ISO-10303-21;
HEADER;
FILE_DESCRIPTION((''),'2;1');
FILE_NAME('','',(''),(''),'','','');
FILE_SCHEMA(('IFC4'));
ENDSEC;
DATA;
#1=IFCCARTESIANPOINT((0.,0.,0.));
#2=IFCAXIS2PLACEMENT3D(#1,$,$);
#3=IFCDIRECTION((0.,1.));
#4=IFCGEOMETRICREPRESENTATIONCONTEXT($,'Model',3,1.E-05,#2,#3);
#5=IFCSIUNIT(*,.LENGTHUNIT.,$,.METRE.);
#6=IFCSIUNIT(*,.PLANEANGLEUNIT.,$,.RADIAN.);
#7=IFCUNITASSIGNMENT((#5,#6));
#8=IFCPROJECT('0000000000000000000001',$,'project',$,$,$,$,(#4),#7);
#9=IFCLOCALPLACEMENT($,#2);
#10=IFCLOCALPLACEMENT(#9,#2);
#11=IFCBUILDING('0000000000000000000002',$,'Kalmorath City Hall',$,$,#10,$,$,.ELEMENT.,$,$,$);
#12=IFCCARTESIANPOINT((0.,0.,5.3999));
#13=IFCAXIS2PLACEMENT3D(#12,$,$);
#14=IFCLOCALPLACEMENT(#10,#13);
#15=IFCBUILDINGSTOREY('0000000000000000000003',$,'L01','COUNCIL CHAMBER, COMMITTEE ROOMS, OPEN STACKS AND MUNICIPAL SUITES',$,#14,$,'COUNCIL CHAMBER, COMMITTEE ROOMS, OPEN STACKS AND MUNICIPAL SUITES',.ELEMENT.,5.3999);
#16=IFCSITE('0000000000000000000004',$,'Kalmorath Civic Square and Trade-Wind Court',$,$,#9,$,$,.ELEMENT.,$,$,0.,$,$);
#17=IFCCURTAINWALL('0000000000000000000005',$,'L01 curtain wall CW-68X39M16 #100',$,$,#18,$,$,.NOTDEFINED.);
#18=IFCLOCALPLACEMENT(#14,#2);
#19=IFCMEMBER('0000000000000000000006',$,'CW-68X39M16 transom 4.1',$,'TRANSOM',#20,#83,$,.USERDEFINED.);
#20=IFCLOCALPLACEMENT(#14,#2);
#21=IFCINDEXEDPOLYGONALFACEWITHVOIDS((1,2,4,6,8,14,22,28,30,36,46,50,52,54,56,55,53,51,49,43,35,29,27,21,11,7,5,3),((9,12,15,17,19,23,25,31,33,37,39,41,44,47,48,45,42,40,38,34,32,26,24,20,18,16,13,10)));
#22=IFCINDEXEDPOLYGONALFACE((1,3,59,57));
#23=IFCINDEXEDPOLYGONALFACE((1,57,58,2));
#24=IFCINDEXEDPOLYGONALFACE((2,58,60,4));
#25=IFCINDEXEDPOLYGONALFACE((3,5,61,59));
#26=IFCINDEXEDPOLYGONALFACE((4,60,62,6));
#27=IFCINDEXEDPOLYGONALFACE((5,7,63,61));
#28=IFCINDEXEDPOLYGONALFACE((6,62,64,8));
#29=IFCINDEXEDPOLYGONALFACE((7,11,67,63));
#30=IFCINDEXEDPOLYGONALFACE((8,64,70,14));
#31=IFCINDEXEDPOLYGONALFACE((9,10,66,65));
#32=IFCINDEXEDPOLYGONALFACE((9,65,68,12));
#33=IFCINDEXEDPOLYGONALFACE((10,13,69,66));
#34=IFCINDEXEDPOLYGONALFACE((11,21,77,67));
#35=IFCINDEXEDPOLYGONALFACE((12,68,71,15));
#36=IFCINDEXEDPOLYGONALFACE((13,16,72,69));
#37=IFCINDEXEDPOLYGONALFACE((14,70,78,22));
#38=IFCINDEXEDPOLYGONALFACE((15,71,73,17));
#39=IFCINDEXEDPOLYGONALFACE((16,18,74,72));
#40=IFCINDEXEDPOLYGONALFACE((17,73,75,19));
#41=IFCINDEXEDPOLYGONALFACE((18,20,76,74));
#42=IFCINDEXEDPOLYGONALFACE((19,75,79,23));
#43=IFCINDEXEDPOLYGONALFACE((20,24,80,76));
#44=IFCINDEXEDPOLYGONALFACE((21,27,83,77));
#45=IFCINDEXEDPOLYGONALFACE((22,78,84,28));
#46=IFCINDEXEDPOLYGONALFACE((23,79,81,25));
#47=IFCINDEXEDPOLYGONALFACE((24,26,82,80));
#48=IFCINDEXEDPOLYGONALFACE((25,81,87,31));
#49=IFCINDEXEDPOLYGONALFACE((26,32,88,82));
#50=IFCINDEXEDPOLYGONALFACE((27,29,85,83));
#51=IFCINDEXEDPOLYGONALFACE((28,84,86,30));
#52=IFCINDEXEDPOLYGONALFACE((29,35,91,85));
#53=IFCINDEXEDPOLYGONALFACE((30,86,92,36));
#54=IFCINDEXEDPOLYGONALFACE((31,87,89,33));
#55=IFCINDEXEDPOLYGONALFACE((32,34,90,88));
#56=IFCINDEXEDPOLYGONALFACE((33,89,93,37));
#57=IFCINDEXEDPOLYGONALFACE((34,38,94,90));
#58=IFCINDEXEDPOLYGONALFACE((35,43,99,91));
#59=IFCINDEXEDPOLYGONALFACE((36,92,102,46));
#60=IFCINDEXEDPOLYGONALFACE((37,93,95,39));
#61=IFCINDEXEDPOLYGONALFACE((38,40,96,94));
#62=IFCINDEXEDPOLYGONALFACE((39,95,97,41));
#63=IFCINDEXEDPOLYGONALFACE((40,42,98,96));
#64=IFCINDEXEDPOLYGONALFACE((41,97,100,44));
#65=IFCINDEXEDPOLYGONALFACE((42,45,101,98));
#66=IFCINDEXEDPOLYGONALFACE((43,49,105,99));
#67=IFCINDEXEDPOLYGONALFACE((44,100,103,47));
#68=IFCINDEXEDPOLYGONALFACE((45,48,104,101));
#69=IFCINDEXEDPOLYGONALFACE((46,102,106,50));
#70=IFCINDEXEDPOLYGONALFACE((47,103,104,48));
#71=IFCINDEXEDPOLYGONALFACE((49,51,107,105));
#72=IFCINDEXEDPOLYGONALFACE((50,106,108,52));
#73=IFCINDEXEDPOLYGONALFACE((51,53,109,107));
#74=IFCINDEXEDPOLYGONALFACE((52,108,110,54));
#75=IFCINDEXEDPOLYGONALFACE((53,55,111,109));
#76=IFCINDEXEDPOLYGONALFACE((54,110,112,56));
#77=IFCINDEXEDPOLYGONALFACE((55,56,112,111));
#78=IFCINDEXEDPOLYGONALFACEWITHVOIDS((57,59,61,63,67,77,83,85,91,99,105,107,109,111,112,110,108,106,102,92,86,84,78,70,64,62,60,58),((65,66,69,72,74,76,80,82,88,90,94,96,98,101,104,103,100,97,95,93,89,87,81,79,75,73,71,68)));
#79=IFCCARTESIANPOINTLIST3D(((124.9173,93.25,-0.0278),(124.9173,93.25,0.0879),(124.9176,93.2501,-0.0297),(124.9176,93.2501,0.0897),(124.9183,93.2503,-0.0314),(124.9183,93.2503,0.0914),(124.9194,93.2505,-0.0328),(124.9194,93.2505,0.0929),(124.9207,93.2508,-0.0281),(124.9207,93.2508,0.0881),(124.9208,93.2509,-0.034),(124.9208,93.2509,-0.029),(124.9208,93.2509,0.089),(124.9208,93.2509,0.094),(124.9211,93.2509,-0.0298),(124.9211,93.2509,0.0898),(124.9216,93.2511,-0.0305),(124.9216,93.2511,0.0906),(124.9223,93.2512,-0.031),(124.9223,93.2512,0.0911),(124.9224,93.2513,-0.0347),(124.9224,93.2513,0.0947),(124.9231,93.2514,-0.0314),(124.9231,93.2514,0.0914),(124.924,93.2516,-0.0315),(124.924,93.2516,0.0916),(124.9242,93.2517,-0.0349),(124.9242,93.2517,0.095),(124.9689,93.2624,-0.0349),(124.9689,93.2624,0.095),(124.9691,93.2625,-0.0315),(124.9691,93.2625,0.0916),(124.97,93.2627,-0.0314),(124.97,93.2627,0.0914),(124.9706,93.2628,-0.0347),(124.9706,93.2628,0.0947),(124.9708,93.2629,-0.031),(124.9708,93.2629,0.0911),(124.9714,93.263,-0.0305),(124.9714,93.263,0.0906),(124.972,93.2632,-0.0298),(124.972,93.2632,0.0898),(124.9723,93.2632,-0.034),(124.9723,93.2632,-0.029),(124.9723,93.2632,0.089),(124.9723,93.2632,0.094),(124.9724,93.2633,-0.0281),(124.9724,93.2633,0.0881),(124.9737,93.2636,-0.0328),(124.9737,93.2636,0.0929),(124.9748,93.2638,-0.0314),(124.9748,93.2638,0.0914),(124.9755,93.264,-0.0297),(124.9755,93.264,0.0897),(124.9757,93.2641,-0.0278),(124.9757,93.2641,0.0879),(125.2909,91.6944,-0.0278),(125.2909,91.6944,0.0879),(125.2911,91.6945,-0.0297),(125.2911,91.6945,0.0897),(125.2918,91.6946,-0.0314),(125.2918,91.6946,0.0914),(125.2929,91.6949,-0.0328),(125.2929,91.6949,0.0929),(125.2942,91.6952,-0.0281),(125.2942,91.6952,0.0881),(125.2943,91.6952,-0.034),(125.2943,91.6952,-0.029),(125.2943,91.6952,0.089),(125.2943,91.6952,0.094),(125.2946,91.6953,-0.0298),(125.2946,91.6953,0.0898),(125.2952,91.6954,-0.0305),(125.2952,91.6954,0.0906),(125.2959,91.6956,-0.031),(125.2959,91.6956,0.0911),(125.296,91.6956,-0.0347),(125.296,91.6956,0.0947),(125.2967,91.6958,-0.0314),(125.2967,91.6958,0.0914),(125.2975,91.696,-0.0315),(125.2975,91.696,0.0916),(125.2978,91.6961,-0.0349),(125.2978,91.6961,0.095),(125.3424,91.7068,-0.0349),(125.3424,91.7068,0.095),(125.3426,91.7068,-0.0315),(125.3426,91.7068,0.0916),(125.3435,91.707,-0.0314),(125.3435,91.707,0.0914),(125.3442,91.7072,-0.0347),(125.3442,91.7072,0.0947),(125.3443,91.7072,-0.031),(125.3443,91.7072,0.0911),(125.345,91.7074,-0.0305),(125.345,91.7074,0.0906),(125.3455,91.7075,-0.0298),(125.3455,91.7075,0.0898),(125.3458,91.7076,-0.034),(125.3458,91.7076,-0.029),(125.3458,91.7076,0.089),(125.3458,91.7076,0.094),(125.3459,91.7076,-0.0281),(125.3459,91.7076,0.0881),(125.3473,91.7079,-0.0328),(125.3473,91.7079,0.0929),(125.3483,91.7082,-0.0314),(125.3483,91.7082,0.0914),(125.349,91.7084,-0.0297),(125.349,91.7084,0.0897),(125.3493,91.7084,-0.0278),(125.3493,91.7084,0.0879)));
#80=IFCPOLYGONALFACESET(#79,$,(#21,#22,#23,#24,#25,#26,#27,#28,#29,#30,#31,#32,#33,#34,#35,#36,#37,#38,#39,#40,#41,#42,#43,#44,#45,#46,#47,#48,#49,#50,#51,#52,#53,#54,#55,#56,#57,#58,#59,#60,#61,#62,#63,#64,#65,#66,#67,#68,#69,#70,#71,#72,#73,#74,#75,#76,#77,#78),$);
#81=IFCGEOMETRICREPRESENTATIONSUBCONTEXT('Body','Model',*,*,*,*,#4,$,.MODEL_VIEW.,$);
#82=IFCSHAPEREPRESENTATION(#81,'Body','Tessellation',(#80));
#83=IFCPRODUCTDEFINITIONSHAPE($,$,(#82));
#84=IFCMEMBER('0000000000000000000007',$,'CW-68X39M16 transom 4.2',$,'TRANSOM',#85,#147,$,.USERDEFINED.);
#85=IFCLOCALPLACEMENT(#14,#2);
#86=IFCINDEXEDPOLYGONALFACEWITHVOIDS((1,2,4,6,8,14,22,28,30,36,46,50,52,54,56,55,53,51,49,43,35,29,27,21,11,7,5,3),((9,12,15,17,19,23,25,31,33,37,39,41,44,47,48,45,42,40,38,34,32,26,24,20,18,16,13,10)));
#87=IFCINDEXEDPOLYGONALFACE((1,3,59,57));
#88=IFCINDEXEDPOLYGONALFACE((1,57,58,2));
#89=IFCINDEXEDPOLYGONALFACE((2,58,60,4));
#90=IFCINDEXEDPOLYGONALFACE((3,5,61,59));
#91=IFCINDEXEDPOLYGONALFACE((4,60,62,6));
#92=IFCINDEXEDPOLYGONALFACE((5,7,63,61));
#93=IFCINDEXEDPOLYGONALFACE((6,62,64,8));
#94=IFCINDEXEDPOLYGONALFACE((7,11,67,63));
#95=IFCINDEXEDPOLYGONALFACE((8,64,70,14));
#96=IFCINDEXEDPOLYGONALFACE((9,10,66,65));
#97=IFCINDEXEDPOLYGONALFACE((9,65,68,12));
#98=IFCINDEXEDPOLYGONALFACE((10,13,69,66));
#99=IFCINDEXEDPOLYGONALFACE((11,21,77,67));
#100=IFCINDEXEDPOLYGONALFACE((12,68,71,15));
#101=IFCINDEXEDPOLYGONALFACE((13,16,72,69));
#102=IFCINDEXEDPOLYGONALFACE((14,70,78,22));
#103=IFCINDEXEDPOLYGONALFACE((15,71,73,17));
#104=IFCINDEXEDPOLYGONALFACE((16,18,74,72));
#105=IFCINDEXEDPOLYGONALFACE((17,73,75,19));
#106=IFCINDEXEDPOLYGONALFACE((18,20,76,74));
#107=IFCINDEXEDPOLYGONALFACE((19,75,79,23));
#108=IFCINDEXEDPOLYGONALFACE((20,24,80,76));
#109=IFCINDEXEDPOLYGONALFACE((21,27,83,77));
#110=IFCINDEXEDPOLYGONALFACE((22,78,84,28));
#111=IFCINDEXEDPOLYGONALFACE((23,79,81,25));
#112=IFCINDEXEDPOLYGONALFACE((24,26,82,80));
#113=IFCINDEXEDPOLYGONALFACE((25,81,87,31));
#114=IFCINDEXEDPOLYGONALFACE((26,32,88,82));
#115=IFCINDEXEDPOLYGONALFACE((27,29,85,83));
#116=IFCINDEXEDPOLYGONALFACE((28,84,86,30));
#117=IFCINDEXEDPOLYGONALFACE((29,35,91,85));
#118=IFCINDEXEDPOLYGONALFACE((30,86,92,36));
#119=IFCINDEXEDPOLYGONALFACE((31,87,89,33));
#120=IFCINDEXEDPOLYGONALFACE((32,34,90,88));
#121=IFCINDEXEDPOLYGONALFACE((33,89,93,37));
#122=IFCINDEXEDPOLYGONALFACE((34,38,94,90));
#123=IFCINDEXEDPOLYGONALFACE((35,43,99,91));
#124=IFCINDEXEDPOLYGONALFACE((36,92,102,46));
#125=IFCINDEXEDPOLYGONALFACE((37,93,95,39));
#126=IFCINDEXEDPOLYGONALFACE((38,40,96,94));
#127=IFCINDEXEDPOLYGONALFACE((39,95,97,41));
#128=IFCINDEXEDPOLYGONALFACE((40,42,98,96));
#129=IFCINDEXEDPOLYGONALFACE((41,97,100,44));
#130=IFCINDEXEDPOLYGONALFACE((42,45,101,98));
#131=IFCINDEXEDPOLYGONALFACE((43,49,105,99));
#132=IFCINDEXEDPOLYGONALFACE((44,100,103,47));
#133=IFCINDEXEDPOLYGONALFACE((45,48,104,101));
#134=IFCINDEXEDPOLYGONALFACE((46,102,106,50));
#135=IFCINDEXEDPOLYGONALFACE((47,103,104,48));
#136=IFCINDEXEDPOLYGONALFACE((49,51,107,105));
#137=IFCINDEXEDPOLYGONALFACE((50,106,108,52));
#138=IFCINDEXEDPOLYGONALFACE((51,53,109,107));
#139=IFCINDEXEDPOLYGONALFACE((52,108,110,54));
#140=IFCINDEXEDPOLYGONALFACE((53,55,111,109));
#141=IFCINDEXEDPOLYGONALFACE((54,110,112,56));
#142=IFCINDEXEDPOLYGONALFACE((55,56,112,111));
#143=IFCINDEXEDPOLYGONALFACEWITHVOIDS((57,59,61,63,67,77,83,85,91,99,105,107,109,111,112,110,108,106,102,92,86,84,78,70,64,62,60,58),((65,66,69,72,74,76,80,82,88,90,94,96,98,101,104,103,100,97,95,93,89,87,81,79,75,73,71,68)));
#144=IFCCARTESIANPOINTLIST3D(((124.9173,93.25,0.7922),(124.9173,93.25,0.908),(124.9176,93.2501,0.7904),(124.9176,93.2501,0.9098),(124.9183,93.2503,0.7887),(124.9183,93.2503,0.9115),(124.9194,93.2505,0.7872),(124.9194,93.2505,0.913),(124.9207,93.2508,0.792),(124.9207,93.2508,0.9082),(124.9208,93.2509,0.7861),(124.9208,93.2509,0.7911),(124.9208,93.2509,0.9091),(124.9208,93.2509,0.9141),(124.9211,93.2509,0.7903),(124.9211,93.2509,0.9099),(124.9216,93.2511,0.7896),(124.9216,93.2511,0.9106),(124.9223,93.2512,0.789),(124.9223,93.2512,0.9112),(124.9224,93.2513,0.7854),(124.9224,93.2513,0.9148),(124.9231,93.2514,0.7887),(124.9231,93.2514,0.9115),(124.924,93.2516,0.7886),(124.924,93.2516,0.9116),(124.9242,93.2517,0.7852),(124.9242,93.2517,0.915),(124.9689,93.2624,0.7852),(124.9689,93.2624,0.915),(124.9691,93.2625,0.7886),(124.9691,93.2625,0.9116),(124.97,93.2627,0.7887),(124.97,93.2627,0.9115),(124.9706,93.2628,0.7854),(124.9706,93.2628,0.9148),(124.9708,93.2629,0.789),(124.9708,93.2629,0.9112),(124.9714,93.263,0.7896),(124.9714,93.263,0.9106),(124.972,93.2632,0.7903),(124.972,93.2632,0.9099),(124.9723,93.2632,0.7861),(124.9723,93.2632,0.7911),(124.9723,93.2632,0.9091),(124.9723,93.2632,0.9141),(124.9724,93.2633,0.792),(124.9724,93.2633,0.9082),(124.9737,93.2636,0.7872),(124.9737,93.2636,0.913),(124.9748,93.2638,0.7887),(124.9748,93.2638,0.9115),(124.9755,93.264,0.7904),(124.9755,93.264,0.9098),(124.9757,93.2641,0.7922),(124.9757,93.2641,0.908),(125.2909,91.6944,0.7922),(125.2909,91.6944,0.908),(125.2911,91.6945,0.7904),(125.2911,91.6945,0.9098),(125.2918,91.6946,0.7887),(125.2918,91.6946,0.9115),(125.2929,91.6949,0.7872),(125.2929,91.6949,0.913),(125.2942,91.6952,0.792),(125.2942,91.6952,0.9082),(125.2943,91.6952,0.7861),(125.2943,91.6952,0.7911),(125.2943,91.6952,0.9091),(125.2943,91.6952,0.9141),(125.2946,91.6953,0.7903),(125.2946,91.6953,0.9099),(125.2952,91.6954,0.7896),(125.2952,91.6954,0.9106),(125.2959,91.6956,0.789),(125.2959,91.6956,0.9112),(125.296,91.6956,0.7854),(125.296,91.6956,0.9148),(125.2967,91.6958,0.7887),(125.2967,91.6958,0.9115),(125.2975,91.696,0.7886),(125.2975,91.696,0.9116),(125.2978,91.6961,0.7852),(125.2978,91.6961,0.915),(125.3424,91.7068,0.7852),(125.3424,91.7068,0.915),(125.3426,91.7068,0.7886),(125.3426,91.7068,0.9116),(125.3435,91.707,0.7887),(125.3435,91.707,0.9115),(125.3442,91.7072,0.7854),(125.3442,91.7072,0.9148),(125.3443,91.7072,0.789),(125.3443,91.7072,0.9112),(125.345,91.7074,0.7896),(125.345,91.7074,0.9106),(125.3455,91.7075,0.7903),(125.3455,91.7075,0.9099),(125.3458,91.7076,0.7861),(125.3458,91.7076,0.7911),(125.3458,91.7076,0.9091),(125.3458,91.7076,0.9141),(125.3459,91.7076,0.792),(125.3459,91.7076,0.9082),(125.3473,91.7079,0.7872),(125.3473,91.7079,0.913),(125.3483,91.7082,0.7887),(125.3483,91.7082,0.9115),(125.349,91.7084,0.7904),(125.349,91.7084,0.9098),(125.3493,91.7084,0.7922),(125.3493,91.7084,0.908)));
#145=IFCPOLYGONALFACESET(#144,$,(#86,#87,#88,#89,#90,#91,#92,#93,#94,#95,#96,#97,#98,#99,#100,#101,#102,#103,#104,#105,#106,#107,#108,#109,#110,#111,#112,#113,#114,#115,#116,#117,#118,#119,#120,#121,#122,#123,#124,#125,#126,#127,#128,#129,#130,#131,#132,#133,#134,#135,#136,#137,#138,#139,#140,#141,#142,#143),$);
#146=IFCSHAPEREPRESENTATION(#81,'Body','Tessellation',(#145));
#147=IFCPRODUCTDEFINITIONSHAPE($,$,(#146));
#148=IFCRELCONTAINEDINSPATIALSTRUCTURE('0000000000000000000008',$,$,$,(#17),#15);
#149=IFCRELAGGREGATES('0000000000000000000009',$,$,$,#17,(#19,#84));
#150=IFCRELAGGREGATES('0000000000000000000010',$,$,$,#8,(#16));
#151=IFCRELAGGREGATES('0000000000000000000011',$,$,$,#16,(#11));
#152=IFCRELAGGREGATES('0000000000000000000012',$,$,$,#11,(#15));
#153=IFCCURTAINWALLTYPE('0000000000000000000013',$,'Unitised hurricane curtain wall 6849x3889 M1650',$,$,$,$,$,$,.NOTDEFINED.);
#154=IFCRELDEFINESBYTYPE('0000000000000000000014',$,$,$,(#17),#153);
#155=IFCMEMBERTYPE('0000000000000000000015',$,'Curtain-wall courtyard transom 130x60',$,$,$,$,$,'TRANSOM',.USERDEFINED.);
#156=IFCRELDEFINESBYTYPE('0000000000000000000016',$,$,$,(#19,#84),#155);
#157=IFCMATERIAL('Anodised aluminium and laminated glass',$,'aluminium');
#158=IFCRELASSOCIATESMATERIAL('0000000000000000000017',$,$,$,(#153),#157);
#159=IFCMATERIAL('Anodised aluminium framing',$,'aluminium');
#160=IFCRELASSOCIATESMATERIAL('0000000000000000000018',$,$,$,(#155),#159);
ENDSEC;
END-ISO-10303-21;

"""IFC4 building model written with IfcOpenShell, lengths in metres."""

from ifc_helpers import new_model, si_unit, direction, frame, origin, origin_2d, place, context, subcontext, project, spatial, hollow_rectangle, extrude, material, material_profile, profile_set, type_object, element, aggregate, save


model = new_model("IFC4")

# Units and contexts
model_context = context("Model", 3, precision=1e-05, world=origin(), true_north=direction((0.0, 1.0)))
body_context = subcontext(model_context, "Body", "Model", "MODEL_VIEW")
ifc_project = project(units=[si_unit("LENGTHUNIT", "METRE"), si_unit("PLANEANGLEUNIT", "RADIAN")], contexts=[model_context])

# Site, building, storey
site_placement = place(None, origin())
site = spatial("IfcSite", under=ifc_project, at=site_placement, Name="Kalmorath Civic Square and Trade-Wind Court", CompositionType="ELEMENT", RefElevation=0.0)
building_placement = place(site_placement, origin())
building = spatial("IfcBuilding", under=site, at=building_placement, Name="Kalmorath City Hall", CompositionType="ELEMENT")
storey_placement = place(building_placement, frame((0.0, 0.0, 5.3999)))
storey = spatial("IfcBuildingStorey", under=building, at=storey_placement, Name="L01", Description="COUNCIL CHAMBER, COMMITTEE ROOMS, OPEN STACKS AND MUNICIPAL SUITES", LongName="COUNCIL CHAMBER, COMMITTEE ROOMS, OPEN STACKS AND MUNICIPAL SUITES", CompositionType="ELEMENT", Elevation=5.3999)

# Curtain wall, members
ifc_material_1 = material(Name="Anodised aluminium and laminated glass", Category="aluminium")
curtain_wall_type = type_object("IfcCurtainWallType", Name="Unitised hurricane curtain wall 6849x3889 M1650", PredefinedType="NOTDEFINED", material=ifc_material_1)
curtain_wall_placement = place(storey_placement, origin())
curtain_wall = element("IfcCurtainWall", 1, at=curtain_wall_placement, inside=storey, type_object=curtain_wall_type, Name="L01 curtain wall CW-68X39M16 #100", PredefinedType="NOTDEFINED")
ifc_material_2 = material(Name="Anodised aluminium framing", Category="aluminium")
ifc_material_profile_1 = material_profile(ifc_material_2, hollow_rectangle(XDim=0.0601, YDim=0.1299, WallThickness=0.0034, InnerFilletRadius=0.0034, OuterFilletRadius=0.0071, at=origin_2d()), Name="ALU-TRN-130X60X3.5")
ifc_profile_set_1 = profile_set([ifc_material_profile_1], Name="Anodised aluminium framing")
member_type_1 = type_object("IfcMemberType", Name="Curtain-wall courtyard transom 130x60", ElementType="TRANSOM", PredefinedType="USERDEFINED", material=ifc_profile_set_1)
member_1_placement = place(storey_placement, frame((125.3201, 91.7014, 0.03), z_axis=(-0.233477, 0.972362, 0.0), x_axis=(-0.972362, -0.233477, 0.0)))
member_1 = element("IfcMember", 2, at=member_1_placement, type_object=member_type_1, Name="CW-68X39M16 transom 4.1", ObjectType="TRANSOM", PredefinedType="USERDEFINED", context=body_context, shape_type="SweptSolid", body=[
    extrude(hollow_rectangle(XDim=0.0601, YDim=0.1299, WallThickness=0.0034, InnerFilletRadius=0.0034, OuterFilletRadius=0.0071, at=origin_2d()), origin(), (0.0, 0.0, 1.0), 1.5999),
])
member_2_placement = place(storey_placement, frame((125.3201, 91.7014, 0.8501), z_axis=(-0.233477, 0.972362, 0.0), x_axis=(-0.972362, -0.233477, 0.0)))
member_2 = element("IfcMember", 3, at=member_2_placement, type_object=member_type_1, Name="CW-68X39M16 transom 4.2", ObjectType="TRANSOM", PredefinedType="USERDEFINED", context=body_context, shape_type="SweptSolid", body=[
    extrude(hollow_rectangle(XDim=0.0601, YDim=0.1299, WallThickness=0.0034, InnerFilletRadius=0.0034, OuterFilletRadius=0.0071, at=origin_2d()), origin(), (0.0, 0.0, 1.0), 1.5999),
])

aggregate(curtain_wall, [member_1, member_2])

save(model, "model.ifc")
